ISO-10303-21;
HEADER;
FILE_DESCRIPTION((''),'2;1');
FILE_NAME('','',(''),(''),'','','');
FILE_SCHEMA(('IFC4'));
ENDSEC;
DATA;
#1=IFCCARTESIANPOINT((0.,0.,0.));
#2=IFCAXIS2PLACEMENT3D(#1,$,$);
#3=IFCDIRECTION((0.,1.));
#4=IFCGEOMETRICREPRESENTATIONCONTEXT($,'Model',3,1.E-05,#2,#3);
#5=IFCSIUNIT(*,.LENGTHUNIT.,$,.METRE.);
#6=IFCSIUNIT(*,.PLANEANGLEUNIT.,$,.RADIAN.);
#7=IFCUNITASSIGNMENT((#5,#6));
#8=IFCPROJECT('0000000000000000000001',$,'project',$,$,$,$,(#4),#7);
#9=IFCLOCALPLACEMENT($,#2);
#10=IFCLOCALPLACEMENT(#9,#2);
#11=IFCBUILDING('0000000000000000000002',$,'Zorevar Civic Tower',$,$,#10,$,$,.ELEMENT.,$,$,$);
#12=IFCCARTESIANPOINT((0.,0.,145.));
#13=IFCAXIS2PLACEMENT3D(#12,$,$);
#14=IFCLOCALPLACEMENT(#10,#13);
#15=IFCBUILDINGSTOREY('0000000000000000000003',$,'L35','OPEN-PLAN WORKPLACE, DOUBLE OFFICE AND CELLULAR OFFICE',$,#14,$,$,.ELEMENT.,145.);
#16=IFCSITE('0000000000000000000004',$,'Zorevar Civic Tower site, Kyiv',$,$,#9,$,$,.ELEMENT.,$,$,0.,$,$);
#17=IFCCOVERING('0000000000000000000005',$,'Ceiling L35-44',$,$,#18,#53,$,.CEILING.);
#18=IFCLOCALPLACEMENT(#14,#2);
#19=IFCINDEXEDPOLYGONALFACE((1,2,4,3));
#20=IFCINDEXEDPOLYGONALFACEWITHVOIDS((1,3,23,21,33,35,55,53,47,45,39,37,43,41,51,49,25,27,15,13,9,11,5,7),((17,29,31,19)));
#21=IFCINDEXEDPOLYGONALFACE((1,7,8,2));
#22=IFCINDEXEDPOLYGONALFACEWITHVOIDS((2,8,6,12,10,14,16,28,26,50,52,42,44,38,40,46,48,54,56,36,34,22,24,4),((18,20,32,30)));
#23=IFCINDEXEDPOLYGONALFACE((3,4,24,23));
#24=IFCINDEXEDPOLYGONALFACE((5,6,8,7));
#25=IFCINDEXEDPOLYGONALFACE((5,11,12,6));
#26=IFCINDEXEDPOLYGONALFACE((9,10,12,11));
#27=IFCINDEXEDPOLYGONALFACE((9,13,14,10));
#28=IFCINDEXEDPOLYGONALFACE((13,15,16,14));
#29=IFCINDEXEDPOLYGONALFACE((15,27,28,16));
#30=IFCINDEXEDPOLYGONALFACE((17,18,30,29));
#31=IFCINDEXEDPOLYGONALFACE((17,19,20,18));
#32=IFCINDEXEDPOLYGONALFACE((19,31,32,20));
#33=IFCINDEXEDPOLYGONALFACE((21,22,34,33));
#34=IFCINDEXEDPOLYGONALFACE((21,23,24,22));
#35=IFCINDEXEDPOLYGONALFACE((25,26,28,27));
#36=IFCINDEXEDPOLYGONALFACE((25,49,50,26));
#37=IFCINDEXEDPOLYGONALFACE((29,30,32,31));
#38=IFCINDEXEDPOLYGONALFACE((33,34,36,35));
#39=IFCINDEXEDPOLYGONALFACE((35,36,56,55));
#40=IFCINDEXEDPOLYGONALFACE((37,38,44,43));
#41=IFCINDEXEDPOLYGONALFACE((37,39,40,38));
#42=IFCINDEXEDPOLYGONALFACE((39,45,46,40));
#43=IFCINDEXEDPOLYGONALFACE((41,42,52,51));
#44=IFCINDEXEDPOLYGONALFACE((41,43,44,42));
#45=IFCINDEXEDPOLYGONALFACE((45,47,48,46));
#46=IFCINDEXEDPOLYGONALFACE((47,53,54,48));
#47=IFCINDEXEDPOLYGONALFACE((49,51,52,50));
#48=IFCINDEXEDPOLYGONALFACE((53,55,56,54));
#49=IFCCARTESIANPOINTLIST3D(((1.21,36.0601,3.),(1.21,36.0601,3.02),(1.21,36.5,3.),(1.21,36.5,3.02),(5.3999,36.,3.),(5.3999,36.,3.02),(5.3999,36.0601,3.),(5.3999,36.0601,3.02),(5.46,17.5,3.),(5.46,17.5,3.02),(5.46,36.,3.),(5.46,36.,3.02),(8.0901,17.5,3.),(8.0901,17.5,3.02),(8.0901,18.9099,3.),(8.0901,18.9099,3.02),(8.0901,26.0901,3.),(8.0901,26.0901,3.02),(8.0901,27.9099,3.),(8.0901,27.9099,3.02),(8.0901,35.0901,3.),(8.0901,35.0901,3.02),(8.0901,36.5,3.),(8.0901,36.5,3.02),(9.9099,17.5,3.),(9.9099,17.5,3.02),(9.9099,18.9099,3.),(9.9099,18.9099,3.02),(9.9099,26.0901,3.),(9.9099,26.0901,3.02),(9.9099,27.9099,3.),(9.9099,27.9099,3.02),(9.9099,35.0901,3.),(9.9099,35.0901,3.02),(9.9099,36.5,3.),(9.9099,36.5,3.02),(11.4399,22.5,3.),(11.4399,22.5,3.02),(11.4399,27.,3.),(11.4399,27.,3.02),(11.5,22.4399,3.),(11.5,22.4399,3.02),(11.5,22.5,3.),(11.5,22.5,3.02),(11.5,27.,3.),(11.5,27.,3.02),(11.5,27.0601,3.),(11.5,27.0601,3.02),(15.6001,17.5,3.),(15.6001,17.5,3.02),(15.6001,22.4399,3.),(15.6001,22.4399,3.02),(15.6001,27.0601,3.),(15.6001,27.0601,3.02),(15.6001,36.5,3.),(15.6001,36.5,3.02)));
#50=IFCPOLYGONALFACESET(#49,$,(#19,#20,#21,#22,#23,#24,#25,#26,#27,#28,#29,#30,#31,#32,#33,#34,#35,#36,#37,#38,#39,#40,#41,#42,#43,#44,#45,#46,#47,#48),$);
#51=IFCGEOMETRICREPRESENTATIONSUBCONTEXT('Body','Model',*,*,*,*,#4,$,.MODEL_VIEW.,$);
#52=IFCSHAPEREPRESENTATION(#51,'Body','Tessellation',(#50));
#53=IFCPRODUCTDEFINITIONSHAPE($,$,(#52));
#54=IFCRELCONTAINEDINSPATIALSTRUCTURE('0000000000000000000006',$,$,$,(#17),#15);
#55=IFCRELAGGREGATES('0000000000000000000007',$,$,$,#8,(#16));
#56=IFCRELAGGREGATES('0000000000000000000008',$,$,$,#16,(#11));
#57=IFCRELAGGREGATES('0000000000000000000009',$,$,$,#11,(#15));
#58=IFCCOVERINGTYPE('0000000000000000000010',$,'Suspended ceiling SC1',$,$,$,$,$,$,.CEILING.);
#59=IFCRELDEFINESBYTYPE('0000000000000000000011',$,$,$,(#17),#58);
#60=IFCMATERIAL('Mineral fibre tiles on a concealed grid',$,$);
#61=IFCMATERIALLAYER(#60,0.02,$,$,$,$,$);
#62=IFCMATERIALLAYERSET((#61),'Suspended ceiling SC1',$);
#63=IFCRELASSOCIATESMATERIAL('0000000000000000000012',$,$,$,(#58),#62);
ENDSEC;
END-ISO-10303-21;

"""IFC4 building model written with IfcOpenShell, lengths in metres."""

from ifc_helpers import new_model, si_unit, direction, frame, origin, place, context, subcontext, project, spatial, polyline, outline, extrude, material, layer, layer_set, type_object, element, save


model = new_model("IFC4")

# Units and contexts
model_context = context("Model", 3, precision=1e-05, world=origin(), true_north=direction((0.0, 1.0)))
body_context = subcontext(model_context, "Body", "Model", "MODEL_VIEW")
ifc_project = project(units=[si_unit("LENGTHUNIT", "METRE"), si_unit("PLANEANGLEUNIT", "RADIAN")], contexts=[model_context])

# Site, building, storey
site_placement = place(None, origin())
site = spatial("IfcSite", under=ifc_project, at=site_placement, Name="Zorevar Civic Tower site, Kyiv", CompositionType="ELEMENT", RefElevation=0.0)
building_placement = place(site_placement, origin())
building = spatial("IfcBuilding", under=site, at=building_placement, Name="Zorevar Civic Tower", CompositionType="ELEMENT")
storey_placement = place(building_placement, frame((0.0, 0.0, 145.0)))
storey = spatial("IfcBuildingStorey", under=building, at=storey_placement, Name="L35", Description="OPEN-PLAN WORKPLACE, DOUBLE OFFICE AND CELLULAR OFFICE", CompositionType="ELEMENT", Elevation=145.0)

# Covering
ifc_material_1 = material(Name="Mineral fibre tiles on a concealed grid")
ifc_layer_1 = layer(ifc_material_1, 0.02)
ifc_layer_set_1 = layer_set([ifc_layer_1], Name="Suspended ceiling SC1")
covering_type_1 = type_object("IfcCoveringType", Name="Suspended ceiling SC1", PredefinedType="CEILING", material=ifc_layer_set_1)
covering_1_placement = place(storey_placement, frame((0.0, 0.0, 3.0)))
element("IfcCovering", 1, at=covering_1_placement, inside=storey, type_object=covering_type_1, Name="Ceiling L35-44", PredefinedType="CEILING", context=body_context, shape_type="SweptSolid", body=[
    extrude(outline(polyline([(15.6001, 22.4399), (15.6001, 17.5), (9.9099, 17.5), (9.9099, 18.9099), (8.0901, 18.9099), (8.0901, 17.5), (5.46, 17.5), (5.46, 36.0), (5.3999, 36.0), (5.3999, 36.0601), (1.21, 36.0601), (1.21, 36.5), (8.0901, 36.5), (8.0901, 35.0901), (9.9099, 35.0901), (9.9099, 36.5), (15.6001, 36.5), (15.6001, 27.0601), (11.5, 27.0601), (11.5, 27.0), (11.4399, 27.0), (11.4399, 22.5), (11.5, 22.5), (11.5, 22.4399), (15.6001, 22.4399)]), holes=[polyline([(8.0901, 27.9099), (8.0901, 26.0901), (9.9099, 26.0901), (9.9099, 27.9099), (8.0901, 27.9099)])]), origin(), (0.0, 0.0, 1.0), 0.02),
])

save(model, "model.ifc")
